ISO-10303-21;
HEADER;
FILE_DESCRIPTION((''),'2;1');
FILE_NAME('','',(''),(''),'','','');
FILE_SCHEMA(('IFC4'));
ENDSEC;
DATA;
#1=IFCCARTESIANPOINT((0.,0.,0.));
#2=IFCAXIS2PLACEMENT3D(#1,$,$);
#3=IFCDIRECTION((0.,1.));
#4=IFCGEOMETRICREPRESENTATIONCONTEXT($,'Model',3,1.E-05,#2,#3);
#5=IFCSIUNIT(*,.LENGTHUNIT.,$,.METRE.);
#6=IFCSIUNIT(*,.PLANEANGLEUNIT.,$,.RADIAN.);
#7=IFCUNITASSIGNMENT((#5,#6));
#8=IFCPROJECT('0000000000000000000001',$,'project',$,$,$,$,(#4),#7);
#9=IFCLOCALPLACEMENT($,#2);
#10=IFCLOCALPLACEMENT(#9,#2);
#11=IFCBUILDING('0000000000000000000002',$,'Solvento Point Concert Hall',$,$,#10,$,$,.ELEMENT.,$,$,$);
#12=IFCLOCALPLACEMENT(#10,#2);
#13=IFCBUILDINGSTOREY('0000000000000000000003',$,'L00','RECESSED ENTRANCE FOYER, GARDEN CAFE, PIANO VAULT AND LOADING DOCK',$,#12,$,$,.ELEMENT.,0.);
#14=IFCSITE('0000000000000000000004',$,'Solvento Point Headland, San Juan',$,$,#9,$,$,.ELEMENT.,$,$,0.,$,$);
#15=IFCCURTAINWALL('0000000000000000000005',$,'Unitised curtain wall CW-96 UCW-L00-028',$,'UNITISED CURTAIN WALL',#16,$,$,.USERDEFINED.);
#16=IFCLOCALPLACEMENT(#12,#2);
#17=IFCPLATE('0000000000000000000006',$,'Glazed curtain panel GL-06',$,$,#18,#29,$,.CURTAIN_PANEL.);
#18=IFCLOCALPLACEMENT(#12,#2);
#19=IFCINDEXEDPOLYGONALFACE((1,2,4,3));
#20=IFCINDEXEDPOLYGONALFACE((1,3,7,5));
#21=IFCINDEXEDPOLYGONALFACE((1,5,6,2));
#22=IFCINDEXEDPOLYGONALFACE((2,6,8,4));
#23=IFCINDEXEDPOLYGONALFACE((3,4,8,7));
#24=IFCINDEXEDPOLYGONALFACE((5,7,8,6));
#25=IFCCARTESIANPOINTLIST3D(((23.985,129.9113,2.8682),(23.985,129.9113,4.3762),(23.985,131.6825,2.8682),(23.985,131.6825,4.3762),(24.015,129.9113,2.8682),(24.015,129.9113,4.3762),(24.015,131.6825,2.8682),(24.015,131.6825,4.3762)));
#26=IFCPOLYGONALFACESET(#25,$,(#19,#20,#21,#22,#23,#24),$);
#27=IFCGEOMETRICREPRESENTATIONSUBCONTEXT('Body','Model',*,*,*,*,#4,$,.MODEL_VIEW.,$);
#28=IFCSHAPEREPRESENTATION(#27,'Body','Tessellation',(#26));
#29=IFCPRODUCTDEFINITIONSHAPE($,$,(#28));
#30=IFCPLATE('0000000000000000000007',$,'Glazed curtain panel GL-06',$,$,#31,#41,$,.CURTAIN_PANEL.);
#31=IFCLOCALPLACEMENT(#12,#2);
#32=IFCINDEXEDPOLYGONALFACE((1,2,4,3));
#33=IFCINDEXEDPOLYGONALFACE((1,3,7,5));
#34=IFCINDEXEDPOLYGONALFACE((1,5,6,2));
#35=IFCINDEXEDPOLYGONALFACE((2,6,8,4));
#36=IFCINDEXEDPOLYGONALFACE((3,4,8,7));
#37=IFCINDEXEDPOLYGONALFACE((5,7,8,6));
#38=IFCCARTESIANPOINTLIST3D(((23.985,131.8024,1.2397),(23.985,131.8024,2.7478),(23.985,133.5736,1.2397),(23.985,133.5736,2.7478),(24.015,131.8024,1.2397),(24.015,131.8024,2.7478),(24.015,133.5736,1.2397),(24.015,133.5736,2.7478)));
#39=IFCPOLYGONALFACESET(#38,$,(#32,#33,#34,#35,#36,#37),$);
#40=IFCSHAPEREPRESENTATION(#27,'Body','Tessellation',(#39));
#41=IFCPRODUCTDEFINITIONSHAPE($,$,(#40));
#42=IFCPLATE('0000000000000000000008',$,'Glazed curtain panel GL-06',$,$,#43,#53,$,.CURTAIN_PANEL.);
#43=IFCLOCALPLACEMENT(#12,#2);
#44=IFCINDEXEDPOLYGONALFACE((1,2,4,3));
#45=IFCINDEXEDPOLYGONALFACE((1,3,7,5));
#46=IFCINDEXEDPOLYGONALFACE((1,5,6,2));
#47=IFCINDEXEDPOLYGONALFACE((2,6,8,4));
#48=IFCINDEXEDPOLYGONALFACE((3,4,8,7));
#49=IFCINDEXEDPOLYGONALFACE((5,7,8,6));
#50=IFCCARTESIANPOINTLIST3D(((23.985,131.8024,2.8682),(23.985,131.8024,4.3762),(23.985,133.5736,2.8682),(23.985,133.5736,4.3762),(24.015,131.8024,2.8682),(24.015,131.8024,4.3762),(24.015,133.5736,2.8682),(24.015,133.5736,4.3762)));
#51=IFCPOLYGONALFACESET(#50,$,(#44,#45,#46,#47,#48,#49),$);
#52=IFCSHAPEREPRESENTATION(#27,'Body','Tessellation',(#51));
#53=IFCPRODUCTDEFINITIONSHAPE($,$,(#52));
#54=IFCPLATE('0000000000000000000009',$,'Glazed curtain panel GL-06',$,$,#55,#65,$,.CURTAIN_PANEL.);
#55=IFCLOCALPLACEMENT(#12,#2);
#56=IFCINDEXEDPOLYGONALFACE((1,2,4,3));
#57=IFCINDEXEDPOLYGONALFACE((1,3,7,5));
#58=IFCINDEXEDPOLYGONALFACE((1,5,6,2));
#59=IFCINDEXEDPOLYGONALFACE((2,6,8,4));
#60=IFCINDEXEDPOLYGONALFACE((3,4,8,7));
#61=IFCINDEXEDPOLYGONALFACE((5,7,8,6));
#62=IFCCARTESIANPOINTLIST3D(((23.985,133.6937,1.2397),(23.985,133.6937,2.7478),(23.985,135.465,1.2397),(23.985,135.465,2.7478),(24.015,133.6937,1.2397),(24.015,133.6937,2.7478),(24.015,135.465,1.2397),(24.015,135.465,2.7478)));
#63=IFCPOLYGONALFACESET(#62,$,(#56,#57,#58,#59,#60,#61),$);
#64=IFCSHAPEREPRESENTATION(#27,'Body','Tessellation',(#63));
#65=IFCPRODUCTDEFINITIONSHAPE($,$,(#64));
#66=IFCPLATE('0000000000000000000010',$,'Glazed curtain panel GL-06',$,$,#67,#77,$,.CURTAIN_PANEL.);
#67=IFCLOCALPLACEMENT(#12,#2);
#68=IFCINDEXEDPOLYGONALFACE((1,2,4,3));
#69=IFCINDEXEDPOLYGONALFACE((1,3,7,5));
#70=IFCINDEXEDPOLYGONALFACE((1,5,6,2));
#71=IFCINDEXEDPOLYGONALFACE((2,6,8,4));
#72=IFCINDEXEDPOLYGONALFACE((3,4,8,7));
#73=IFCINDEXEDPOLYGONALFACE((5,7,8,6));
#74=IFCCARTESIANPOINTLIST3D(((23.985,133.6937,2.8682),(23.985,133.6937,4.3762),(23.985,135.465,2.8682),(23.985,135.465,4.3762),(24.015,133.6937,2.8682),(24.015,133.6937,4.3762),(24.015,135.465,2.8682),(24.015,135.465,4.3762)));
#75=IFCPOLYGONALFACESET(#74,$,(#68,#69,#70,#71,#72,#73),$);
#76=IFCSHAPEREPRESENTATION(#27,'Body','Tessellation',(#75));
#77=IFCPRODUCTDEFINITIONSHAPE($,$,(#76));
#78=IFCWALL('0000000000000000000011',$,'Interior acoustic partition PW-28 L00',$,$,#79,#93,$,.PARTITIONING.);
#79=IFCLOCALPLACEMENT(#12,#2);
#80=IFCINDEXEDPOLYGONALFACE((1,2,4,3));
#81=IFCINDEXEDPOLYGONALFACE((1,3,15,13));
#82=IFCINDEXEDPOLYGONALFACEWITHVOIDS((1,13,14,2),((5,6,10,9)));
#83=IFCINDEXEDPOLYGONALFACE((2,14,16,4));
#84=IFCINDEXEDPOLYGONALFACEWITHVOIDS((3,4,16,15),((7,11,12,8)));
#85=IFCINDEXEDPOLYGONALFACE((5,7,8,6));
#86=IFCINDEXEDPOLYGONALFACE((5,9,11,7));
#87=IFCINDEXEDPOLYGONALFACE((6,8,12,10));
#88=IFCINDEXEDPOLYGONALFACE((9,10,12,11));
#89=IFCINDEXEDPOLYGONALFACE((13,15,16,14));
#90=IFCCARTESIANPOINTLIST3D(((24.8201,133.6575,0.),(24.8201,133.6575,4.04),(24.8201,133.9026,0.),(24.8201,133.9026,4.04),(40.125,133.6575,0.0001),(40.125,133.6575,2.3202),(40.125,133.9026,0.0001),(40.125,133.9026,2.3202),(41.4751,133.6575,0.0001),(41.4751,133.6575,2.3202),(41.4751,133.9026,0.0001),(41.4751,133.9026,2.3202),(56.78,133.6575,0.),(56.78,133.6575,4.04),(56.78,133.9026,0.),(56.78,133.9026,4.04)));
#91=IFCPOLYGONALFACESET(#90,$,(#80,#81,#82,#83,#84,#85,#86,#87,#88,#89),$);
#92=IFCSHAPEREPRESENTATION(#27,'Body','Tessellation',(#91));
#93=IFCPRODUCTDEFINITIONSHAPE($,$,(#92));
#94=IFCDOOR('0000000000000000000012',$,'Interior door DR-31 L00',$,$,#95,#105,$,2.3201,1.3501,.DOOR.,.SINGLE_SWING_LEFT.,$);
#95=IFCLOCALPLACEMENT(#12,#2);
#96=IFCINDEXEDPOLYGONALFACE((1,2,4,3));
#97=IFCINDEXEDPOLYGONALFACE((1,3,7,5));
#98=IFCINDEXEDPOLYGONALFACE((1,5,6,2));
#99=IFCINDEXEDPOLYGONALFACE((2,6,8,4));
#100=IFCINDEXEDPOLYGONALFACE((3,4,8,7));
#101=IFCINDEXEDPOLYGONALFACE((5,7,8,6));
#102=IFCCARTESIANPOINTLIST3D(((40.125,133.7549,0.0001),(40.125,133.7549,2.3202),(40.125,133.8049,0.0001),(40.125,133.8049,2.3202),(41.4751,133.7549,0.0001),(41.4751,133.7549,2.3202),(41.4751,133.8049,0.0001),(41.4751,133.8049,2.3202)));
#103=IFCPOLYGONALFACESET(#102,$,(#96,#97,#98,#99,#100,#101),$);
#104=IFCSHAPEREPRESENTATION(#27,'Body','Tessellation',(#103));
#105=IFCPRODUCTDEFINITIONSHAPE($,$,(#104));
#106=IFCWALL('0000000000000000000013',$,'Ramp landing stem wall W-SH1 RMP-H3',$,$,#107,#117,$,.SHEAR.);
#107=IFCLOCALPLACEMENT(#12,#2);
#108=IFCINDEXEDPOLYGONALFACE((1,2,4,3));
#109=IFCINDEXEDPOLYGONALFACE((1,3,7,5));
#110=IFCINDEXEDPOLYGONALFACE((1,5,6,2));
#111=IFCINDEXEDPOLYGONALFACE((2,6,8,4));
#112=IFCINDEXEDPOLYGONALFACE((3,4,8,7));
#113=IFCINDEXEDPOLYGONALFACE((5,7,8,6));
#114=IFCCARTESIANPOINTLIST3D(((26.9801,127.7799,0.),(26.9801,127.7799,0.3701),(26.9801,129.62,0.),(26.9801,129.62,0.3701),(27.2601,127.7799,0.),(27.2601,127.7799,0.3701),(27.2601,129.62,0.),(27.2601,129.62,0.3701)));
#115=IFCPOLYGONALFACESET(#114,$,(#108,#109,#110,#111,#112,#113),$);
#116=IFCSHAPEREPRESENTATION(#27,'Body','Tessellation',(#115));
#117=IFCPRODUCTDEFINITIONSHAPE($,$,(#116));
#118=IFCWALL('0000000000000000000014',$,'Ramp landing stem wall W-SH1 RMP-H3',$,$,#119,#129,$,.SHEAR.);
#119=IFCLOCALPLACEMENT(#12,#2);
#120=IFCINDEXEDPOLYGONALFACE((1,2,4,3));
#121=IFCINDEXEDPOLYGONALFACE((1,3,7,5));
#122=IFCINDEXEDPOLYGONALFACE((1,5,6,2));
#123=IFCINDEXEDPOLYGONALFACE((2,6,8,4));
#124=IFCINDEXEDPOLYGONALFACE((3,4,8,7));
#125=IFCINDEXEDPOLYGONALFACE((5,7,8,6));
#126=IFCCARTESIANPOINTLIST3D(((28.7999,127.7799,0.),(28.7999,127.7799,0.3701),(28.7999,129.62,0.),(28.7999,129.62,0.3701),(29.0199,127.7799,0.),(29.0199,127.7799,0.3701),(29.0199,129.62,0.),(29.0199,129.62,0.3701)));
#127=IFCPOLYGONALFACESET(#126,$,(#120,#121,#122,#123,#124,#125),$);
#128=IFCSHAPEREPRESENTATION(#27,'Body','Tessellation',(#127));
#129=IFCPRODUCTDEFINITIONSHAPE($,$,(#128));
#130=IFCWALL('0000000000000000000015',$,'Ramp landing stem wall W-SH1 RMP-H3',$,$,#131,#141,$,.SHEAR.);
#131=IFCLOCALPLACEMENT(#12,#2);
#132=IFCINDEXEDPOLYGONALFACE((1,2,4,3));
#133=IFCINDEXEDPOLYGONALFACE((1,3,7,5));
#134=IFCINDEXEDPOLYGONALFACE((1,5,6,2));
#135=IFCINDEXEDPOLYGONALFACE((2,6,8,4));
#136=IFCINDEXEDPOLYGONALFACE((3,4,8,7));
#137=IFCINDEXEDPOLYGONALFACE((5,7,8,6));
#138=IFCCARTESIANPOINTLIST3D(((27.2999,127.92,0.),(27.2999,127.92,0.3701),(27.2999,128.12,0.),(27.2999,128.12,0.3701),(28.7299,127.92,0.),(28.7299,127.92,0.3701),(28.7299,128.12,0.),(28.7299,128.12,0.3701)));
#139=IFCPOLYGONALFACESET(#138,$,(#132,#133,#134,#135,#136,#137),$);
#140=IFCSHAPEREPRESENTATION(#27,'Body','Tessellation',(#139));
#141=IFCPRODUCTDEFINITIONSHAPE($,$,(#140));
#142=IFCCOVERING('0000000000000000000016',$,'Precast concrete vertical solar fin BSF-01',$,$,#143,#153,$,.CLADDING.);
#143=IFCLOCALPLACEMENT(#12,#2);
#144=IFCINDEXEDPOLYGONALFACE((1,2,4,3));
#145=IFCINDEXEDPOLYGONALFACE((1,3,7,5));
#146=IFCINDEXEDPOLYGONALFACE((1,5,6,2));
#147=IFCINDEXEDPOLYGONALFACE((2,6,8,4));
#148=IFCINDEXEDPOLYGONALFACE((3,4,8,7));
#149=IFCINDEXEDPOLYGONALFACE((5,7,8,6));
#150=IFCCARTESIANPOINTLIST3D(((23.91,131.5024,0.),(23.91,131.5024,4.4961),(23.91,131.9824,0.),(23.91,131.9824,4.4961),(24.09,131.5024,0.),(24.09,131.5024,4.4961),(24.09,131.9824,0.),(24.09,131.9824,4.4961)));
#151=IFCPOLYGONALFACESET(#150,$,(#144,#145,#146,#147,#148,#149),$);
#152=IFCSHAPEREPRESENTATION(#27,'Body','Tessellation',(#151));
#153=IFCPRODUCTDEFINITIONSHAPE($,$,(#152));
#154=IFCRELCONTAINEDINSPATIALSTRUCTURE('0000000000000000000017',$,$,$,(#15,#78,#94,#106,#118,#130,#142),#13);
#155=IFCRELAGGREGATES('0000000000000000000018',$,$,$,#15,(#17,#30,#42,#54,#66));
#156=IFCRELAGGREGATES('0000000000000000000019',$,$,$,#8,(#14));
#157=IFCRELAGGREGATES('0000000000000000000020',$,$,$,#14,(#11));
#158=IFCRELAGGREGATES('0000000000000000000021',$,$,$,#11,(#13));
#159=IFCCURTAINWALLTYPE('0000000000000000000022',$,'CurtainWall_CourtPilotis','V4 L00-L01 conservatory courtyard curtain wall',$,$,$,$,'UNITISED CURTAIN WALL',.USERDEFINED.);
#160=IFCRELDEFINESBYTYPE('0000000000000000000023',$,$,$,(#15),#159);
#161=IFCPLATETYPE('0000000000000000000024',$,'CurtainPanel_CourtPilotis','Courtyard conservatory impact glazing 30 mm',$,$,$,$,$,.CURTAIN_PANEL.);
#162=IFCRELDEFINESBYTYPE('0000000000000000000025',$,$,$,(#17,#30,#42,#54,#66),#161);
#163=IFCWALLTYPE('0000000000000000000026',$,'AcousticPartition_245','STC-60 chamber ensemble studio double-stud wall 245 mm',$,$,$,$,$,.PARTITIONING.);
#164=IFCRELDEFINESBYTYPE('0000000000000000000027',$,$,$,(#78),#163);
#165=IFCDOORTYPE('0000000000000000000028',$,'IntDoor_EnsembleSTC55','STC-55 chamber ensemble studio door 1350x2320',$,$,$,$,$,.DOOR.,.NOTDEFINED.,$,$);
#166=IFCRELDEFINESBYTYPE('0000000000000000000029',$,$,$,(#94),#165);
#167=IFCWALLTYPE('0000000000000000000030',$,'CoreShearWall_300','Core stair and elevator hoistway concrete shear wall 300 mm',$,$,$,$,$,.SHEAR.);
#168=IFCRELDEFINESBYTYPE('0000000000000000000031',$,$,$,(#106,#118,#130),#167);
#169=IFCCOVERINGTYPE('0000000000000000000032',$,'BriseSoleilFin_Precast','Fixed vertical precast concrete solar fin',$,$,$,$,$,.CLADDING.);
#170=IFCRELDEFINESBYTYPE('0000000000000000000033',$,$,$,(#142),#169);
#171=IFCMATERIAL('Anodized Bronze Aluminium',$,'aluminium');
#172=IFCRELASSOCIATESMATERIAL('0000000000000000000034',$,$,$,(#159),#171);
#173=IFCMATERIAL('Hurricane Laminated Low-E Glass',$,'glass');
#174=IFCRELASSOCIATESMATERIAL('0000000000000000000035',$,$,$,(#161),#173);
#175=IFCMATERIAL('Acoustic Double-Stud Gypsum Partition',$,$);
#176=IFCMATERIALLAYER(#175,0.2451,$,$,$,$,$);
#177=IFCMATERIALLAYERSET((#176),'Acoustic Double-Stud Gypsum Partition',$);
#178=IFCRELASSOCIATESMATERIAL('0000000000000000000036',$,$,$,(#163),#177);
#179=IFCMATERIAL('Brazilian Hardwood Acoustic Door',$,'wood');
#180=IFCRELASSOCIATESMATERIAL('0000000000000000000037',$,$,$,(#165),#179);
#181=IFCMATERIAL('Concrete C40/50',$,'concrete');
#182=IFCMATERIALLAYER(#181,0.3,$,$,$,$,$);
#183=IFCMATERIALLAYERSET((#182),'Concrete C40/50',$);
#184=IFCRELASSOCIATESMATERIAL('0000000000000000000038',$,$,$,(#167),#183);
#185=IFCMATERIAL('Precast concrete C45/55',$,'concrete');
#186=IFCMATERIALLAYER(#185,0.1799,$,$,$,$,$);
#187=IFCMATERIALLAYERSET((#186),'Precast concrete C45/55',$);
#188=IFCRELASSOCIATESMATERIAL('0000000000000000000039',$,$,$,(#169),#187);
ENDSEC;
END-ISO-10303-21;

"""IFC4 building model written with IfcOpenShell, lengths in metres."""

from ifc_helpers import new_model, si_unit, direction, frame, frame_2d, origin, origin_2d, place, context, subcontext, project, spatial, rectangle, extrude, material, layer, layer_set, type_object, element, fill, aggregate, save


model = new_model("IFC4")

# Units and contexts
model_context = context("Model", 3, precision=1e-05, world=origin(), true_north=direction((0.0, 1.0)))
body_context = subcontext(model_context, "Body", "Model", "MODEL_VIEW")
ifc_project = project(units=[si_unit("LENGTHUNIT", "METRE"), si_unit("PLANEANGLEUNIT", "RADIAN")], contexts=[model_context])

# Site, building, storey
site_placement = place(None, origin())
site = spatial("IfcSite", under=ifc_project, at=site_placement, Name="Solvento Point Headland, San Juan", CompositionType="ELEMENT", RefElevation=0.0)
building_placement = place(site_placement, origin())
building = spatial("IfcBuilding", under=site, at=building_placement, Name="Solvento Point Concert Hall", CompositionType="ELEMENT")
storey_placement = place(building_placement, origin())
storey = spatial("IfcBuildingStorey", under=building, at=storey_placement, Name="L00", Description="RECESSED ENTRANCE FOYER, GARDEN CAFE, PIANO VAULT AND LOADING DOCK", CompositionType="ELEMENT", Elevation=0.0)

# Curtain wall, plates
ifc_material_1 = material(Name="Anodized Bronze Aluminium", Category="aluminium")
curtain_wall_type = type_object("IfcCurtainWallType", Name="CurtainWall_CourtPilotis", Description="V4 L00-L01 conservatory courtyard curtain wall", ElementType="UNITISED CURTAIN WALL", PredefinedType="USERDEFINED", material=ifc_material_1)
curtain_wall_placement = place(storey_placement, origin())
curtain_wall = element("IfcCurtainWall", 1, at=curtain_wall_placement, inside=storey, type_object=curtain_wall_type, Name="Unitised curtain wall CW-96 UCW-L00-028", ObjectType="UNITISED CURTAIN WALL", PredefinedType="USERDEFINED")
ifc_material_2 = material(Name="Hurricane Laminated Low-E Glass", Category="glass")
plate_type = type_object("IfcPlateType", Name="CurtainPanel_CourtPilotis", Description="Courtyard conservatory impact glazing 30 mm", PredefinedType="CURTAIN_PANEL", material=ifc_material_2)
plate_1_placement = place(storey_placement, frame((24.0, 130.7969, 2.8682), z_axis=(0.0, 0.0, 1.0), x_axis=(0.0, 1.0, 0.0)))
plate_1 = element("IfcPlate", 2, at=plate_1_placement, type_object=plate_type, Name="Glazed curtain panel GL-06", PredefinedType="CURTAIN_PANEL", context=body_context, shape_type="SweptSolid", body=[
    extrude(rectangle(XDim=1.7712, YDim=0.03, at=origin_2d()), origin(), (0.0, 0.0, 1.0), 1.5081),
])
plate_2_placement = place(storey_placement, frame((24.0, 132.688, 1.2397), z_axis=(0.0, 0.0, 1.0), x_axis=(0.0, 1.0, 0.0)))
plate_2 = element("IfcPlate", 3, at=plate_2_placement, type_object=plate_type, Name="Glazed curtain panel GL-06", PredefinedType="CURTAIN_PANEL", context=body_context, shape_type="SweptSolid", body=[
    extrude(rectangle(XDim=1.7712, YDim=0.03, at=origin_2d()), origin(), (0.0, 0.0, 1.0), 1.5081),
])
plate_3_placement = place(storey_placement, frame((24.0, 132.688, 2.8682), z_axis=(0.0, 0.0, 1.0), x_axis=(0.0, 1.0, 0.0)))
plate_3 = element("IfcPlate", 4, at=plate_3_placement, type_object=plate_type, Name="Glazed curtain panel GL-06", PredefinedType="CURTAIN_PANEL", context=body_context, shape_type="SweptSolid", body=[
    extrude(rectangle(XDim=1.7712, YDim=0.03, at=origin_2d()), origin(), (0.0, 0.0, 1.0), 1.5081),
])
plate_4_placement = place(storey_placement, frame((24.0, 134.5793, 1.2397), z_axis=(0.0, 0.0, 1.0), x_axis=(0.0, 1.0, 0.0)))
plate_4 = element("IfcPlate", 5, at=plate_4_placement, type_object=plate_type, Name="Glazed curtain panel GL-06", PredefinedType="CURTAIN_PANEL", context=body_context, shape_type="SweptSolid", body=[
    extrude(rectangle(XDim=1.7712, YDim=0.03, at=origin_2d()), origin(), (0.0, 0.0, 1.0), 1.5081),
])
plate_5_placement = place(storey_placement, frame((24.0, 134.5793, 2.8682), z_axis=(0.0, 0.0, 1.0), x_axis=(0.0, 1.0, 0.0)))
plate_5 = element("IfcPlate", 6, at=plate_5_placement, type_object=plate_type, Name="Glazed curtain panel GL-06", PredefinedType="CURTAIN_PANEL", context=body_context, shape_type="SweptSolid", body=[
    extrude(rectangle(XDim=1.7712, YDim=0.03, at=origin_2d()), origin(), (0.0, 0.0, 1.0), 1.5081),
])
aggregate(curtain_wall, [plate_1, plate_2, plate_3, plate_4, plate_5])

# Wall, opening, door
ifc_material_3 = material(Name="Acoustic Double-Stud Gypsum Partition")
ifc_layer_1 = layer(ifc_material_3, 0.2451)
ifc_layer_set_1 = layer_set([ifc_layer_1], Name="Acoustic Double-Stud Gypsum Partition")
wall_type_1 = type_object("IfcWallType", Name="AcousticPartition_245", Description="STC-60 chamber ensemble studio double-stud wall 245 mm", PredefinedType="PARTITIONING", material=ifc_layer_set_1)
wall_1_placement = place(storey_placement, frame((24.8201, 133.78, 0.0), z_axis=(0.0, 0.0, 1.0), x_axis=(1.0, 0.0, 0.0)))
wall_1 = element("IfcWall", 7, at=wall_1_placement, inside=storey, type_object=wall_type_1, Name="Interior acoustic partition PW-28 L00", PredefinedType="PARTITIONING", context=body_context, shape_type="SweptSolid", body=[
    extrude(rectangle(XDim=31.96, YDim=0.2451, at=frame_2d((15.98, 0.0))), origin(), (0.0, 0.0, 1.0), 4.04),
])
opening_1_placement = place(wall_1_placement, frame((15.3049, 0.0, 0.0)))
opening_1 = element("IfcOpeningElement", 8, at=opening_1_placement, cuts=wall_1, PredefinedType="OPENING", context=body_context, shape_type="SweptSolid", body=[
    extrude(rectangle(XDim=1.3501, YDim=2.3201, at=frame_2d((0.675, 1.1602))), frame((0.0, 0.1326, 0.0), z_axis=(0.0, -1.0, 0.0), x_axis=(1.0, 0.0, 0.0)), (0.0, 0.0, 1.0), 0.2651),
])
ifc_material_4 = material(Name="Brazilian Hardwood Acoustic Door", Category="wood")
door_type_1 = type_object("IfcDoorType", Name="IntDoor_EnsembleSTC55", Description="STC-55 chamber ensemble studio door 1350x2320", OperationType="NOTDEFINED", PredefinedType="DOOR", material=ifc_material_4)
door_1_placement = place(opening_1_placement, origin())
door_1 = element("IfcDoor", 9, at=door_1_placement, inside=storey, type_object=door_type_1, Name="Interior door DR-31 L00", OperationType="SINGLE_SWING_LEFT", OverallHeight=2.3201, OverallWidth=1.3501, PredefinedType="DOOR", context=body_context, shape_type="SweptSolid", body=[
    extrude(rectangle(XDim=1.3501, YDim=2.3201, at=frame_2d((0.675, 1.1602))), frame((0.0, 0.0249, 0.0), z_axis=(0.0, -1.0, 0.0), x_axis=(1.0, 0.0, 0.0)), (0.0, 0.0, 1.0), 0.05),
])
fill(opening_1, door_1)

# Walls
ifc_material_5 = material(Name="Concrete C40/50", Category="concrete")
ifc_layer_2 = layer(ifc_material_5, 0.3)
ifc_layer_set_2 = layer_set([ifc_layer_2], Name="Concrete C40/50")
wall_type_2 = type_object("IfcWallType", Name="CoreShearWall_300", Description="Core stair and elevator hoistway concrete shear wall 300 mm", PredefinedType="SHEAR", material=ifc_layer_set_2)
wall_2_placement = place(storey_placement, frame((27.1201, 127.78, 0.0), z_axis=(0.0, 0.0, 1.0), x_axis=(0.0, 1.0, 0.0)))
element("IfcWall", 10, at=wall_2_placement, inside=storey, type_object=wall_type_2, Name="Ramp landing stem wall W-SH1 RMP-H3", PredefinedType="SHEAR", context=body_context, shape_type="SweptSolid", body=[
    extrude(rectangle(XDim=1.8401, YDim=0.28, at=frame_2d((0.9199, 0.0))), origin(), (0.0, 0.0, 1.0), 0.3701),
])
wall_3_placement = place(storey_placement, frame((28.9099, 127.78, 0.0), z_axis=(0.0, 0.0, 1.0), x_axis=(0.0, 1.0, 0.0)))
element("IfcWall", 11, at=wall_3_placement, inside=storey, type_object=wall_type_2, Name="Ramp landing stem wall W-SH1 RMP-H3", PredefinedType="SHEAR", context=body_context, shape_type="SweptSolid", body=[
    extrude(rectangle(XDim=1.8401, YDim=0.22, at=frame_2d((0.9199, 0.0))), origin(), (0.0, 0.0, 1.0), 0.3701),
])
wall_4_placement = place(storey_placement, frame((27.3, 128.02, 0.0), z_axis=(0.0, 0.0, 1.0), x_axis=(1.0, 0.0, 0.0)))
element("IfcWall", 12, at=wall_4_placement, inside=storey, type_object=wall_type_2, Name="Ramp landing stem wall W-SH1 RMP-H3", PredefinedType="SHEAR", context=body_context, shape_type="SweptSolid", body=[
    extrude(rectangle(XDim=1.4299, YDim=0.2, at=frame_2d((0.7148, 0.0))), origin(), (0.0, 0.0, 1.0), 0.3701),
])

# Covering
ifc_material_6 = material(Name="Precast concrete C45/55", Category="concrete")
ifc_layer_3 = layer(ifc_material_6, 0.1799)
ifc_layer_set_3 = layer_set([ifc_layer_3], Name="Precast concrete C45/55")
covering_type = type_object("IfcCoveringType", Name="BriseSoleilFin_Precast", Description="Fixed vertical precast concrete solar fin", PredefinedType="CLADDING", material=ifc_layer_set_3)
covering_placement = place(storey_placement, frame((24.0, 131.7424, 0.0), z_axis=(0.0, 0.0, 1.0), x_axis=(1.0, 0.0, 0.0)))
element("IfcCovering", 13, at=covering_placement, inside=storey, type_object=covering_type, Name="Precast concrete vertical solar fin BSF-01", PredefinedType="CLADDING", context=body_context, shape_type="SweptSolid", body=[
    extrude(rectangle(XDim=0.1799, YDim=0.48, at=origin_2d()), origin(), (0.0, 0.0, 1.0), 4.4961),
])

save(model, "model.ifc")
